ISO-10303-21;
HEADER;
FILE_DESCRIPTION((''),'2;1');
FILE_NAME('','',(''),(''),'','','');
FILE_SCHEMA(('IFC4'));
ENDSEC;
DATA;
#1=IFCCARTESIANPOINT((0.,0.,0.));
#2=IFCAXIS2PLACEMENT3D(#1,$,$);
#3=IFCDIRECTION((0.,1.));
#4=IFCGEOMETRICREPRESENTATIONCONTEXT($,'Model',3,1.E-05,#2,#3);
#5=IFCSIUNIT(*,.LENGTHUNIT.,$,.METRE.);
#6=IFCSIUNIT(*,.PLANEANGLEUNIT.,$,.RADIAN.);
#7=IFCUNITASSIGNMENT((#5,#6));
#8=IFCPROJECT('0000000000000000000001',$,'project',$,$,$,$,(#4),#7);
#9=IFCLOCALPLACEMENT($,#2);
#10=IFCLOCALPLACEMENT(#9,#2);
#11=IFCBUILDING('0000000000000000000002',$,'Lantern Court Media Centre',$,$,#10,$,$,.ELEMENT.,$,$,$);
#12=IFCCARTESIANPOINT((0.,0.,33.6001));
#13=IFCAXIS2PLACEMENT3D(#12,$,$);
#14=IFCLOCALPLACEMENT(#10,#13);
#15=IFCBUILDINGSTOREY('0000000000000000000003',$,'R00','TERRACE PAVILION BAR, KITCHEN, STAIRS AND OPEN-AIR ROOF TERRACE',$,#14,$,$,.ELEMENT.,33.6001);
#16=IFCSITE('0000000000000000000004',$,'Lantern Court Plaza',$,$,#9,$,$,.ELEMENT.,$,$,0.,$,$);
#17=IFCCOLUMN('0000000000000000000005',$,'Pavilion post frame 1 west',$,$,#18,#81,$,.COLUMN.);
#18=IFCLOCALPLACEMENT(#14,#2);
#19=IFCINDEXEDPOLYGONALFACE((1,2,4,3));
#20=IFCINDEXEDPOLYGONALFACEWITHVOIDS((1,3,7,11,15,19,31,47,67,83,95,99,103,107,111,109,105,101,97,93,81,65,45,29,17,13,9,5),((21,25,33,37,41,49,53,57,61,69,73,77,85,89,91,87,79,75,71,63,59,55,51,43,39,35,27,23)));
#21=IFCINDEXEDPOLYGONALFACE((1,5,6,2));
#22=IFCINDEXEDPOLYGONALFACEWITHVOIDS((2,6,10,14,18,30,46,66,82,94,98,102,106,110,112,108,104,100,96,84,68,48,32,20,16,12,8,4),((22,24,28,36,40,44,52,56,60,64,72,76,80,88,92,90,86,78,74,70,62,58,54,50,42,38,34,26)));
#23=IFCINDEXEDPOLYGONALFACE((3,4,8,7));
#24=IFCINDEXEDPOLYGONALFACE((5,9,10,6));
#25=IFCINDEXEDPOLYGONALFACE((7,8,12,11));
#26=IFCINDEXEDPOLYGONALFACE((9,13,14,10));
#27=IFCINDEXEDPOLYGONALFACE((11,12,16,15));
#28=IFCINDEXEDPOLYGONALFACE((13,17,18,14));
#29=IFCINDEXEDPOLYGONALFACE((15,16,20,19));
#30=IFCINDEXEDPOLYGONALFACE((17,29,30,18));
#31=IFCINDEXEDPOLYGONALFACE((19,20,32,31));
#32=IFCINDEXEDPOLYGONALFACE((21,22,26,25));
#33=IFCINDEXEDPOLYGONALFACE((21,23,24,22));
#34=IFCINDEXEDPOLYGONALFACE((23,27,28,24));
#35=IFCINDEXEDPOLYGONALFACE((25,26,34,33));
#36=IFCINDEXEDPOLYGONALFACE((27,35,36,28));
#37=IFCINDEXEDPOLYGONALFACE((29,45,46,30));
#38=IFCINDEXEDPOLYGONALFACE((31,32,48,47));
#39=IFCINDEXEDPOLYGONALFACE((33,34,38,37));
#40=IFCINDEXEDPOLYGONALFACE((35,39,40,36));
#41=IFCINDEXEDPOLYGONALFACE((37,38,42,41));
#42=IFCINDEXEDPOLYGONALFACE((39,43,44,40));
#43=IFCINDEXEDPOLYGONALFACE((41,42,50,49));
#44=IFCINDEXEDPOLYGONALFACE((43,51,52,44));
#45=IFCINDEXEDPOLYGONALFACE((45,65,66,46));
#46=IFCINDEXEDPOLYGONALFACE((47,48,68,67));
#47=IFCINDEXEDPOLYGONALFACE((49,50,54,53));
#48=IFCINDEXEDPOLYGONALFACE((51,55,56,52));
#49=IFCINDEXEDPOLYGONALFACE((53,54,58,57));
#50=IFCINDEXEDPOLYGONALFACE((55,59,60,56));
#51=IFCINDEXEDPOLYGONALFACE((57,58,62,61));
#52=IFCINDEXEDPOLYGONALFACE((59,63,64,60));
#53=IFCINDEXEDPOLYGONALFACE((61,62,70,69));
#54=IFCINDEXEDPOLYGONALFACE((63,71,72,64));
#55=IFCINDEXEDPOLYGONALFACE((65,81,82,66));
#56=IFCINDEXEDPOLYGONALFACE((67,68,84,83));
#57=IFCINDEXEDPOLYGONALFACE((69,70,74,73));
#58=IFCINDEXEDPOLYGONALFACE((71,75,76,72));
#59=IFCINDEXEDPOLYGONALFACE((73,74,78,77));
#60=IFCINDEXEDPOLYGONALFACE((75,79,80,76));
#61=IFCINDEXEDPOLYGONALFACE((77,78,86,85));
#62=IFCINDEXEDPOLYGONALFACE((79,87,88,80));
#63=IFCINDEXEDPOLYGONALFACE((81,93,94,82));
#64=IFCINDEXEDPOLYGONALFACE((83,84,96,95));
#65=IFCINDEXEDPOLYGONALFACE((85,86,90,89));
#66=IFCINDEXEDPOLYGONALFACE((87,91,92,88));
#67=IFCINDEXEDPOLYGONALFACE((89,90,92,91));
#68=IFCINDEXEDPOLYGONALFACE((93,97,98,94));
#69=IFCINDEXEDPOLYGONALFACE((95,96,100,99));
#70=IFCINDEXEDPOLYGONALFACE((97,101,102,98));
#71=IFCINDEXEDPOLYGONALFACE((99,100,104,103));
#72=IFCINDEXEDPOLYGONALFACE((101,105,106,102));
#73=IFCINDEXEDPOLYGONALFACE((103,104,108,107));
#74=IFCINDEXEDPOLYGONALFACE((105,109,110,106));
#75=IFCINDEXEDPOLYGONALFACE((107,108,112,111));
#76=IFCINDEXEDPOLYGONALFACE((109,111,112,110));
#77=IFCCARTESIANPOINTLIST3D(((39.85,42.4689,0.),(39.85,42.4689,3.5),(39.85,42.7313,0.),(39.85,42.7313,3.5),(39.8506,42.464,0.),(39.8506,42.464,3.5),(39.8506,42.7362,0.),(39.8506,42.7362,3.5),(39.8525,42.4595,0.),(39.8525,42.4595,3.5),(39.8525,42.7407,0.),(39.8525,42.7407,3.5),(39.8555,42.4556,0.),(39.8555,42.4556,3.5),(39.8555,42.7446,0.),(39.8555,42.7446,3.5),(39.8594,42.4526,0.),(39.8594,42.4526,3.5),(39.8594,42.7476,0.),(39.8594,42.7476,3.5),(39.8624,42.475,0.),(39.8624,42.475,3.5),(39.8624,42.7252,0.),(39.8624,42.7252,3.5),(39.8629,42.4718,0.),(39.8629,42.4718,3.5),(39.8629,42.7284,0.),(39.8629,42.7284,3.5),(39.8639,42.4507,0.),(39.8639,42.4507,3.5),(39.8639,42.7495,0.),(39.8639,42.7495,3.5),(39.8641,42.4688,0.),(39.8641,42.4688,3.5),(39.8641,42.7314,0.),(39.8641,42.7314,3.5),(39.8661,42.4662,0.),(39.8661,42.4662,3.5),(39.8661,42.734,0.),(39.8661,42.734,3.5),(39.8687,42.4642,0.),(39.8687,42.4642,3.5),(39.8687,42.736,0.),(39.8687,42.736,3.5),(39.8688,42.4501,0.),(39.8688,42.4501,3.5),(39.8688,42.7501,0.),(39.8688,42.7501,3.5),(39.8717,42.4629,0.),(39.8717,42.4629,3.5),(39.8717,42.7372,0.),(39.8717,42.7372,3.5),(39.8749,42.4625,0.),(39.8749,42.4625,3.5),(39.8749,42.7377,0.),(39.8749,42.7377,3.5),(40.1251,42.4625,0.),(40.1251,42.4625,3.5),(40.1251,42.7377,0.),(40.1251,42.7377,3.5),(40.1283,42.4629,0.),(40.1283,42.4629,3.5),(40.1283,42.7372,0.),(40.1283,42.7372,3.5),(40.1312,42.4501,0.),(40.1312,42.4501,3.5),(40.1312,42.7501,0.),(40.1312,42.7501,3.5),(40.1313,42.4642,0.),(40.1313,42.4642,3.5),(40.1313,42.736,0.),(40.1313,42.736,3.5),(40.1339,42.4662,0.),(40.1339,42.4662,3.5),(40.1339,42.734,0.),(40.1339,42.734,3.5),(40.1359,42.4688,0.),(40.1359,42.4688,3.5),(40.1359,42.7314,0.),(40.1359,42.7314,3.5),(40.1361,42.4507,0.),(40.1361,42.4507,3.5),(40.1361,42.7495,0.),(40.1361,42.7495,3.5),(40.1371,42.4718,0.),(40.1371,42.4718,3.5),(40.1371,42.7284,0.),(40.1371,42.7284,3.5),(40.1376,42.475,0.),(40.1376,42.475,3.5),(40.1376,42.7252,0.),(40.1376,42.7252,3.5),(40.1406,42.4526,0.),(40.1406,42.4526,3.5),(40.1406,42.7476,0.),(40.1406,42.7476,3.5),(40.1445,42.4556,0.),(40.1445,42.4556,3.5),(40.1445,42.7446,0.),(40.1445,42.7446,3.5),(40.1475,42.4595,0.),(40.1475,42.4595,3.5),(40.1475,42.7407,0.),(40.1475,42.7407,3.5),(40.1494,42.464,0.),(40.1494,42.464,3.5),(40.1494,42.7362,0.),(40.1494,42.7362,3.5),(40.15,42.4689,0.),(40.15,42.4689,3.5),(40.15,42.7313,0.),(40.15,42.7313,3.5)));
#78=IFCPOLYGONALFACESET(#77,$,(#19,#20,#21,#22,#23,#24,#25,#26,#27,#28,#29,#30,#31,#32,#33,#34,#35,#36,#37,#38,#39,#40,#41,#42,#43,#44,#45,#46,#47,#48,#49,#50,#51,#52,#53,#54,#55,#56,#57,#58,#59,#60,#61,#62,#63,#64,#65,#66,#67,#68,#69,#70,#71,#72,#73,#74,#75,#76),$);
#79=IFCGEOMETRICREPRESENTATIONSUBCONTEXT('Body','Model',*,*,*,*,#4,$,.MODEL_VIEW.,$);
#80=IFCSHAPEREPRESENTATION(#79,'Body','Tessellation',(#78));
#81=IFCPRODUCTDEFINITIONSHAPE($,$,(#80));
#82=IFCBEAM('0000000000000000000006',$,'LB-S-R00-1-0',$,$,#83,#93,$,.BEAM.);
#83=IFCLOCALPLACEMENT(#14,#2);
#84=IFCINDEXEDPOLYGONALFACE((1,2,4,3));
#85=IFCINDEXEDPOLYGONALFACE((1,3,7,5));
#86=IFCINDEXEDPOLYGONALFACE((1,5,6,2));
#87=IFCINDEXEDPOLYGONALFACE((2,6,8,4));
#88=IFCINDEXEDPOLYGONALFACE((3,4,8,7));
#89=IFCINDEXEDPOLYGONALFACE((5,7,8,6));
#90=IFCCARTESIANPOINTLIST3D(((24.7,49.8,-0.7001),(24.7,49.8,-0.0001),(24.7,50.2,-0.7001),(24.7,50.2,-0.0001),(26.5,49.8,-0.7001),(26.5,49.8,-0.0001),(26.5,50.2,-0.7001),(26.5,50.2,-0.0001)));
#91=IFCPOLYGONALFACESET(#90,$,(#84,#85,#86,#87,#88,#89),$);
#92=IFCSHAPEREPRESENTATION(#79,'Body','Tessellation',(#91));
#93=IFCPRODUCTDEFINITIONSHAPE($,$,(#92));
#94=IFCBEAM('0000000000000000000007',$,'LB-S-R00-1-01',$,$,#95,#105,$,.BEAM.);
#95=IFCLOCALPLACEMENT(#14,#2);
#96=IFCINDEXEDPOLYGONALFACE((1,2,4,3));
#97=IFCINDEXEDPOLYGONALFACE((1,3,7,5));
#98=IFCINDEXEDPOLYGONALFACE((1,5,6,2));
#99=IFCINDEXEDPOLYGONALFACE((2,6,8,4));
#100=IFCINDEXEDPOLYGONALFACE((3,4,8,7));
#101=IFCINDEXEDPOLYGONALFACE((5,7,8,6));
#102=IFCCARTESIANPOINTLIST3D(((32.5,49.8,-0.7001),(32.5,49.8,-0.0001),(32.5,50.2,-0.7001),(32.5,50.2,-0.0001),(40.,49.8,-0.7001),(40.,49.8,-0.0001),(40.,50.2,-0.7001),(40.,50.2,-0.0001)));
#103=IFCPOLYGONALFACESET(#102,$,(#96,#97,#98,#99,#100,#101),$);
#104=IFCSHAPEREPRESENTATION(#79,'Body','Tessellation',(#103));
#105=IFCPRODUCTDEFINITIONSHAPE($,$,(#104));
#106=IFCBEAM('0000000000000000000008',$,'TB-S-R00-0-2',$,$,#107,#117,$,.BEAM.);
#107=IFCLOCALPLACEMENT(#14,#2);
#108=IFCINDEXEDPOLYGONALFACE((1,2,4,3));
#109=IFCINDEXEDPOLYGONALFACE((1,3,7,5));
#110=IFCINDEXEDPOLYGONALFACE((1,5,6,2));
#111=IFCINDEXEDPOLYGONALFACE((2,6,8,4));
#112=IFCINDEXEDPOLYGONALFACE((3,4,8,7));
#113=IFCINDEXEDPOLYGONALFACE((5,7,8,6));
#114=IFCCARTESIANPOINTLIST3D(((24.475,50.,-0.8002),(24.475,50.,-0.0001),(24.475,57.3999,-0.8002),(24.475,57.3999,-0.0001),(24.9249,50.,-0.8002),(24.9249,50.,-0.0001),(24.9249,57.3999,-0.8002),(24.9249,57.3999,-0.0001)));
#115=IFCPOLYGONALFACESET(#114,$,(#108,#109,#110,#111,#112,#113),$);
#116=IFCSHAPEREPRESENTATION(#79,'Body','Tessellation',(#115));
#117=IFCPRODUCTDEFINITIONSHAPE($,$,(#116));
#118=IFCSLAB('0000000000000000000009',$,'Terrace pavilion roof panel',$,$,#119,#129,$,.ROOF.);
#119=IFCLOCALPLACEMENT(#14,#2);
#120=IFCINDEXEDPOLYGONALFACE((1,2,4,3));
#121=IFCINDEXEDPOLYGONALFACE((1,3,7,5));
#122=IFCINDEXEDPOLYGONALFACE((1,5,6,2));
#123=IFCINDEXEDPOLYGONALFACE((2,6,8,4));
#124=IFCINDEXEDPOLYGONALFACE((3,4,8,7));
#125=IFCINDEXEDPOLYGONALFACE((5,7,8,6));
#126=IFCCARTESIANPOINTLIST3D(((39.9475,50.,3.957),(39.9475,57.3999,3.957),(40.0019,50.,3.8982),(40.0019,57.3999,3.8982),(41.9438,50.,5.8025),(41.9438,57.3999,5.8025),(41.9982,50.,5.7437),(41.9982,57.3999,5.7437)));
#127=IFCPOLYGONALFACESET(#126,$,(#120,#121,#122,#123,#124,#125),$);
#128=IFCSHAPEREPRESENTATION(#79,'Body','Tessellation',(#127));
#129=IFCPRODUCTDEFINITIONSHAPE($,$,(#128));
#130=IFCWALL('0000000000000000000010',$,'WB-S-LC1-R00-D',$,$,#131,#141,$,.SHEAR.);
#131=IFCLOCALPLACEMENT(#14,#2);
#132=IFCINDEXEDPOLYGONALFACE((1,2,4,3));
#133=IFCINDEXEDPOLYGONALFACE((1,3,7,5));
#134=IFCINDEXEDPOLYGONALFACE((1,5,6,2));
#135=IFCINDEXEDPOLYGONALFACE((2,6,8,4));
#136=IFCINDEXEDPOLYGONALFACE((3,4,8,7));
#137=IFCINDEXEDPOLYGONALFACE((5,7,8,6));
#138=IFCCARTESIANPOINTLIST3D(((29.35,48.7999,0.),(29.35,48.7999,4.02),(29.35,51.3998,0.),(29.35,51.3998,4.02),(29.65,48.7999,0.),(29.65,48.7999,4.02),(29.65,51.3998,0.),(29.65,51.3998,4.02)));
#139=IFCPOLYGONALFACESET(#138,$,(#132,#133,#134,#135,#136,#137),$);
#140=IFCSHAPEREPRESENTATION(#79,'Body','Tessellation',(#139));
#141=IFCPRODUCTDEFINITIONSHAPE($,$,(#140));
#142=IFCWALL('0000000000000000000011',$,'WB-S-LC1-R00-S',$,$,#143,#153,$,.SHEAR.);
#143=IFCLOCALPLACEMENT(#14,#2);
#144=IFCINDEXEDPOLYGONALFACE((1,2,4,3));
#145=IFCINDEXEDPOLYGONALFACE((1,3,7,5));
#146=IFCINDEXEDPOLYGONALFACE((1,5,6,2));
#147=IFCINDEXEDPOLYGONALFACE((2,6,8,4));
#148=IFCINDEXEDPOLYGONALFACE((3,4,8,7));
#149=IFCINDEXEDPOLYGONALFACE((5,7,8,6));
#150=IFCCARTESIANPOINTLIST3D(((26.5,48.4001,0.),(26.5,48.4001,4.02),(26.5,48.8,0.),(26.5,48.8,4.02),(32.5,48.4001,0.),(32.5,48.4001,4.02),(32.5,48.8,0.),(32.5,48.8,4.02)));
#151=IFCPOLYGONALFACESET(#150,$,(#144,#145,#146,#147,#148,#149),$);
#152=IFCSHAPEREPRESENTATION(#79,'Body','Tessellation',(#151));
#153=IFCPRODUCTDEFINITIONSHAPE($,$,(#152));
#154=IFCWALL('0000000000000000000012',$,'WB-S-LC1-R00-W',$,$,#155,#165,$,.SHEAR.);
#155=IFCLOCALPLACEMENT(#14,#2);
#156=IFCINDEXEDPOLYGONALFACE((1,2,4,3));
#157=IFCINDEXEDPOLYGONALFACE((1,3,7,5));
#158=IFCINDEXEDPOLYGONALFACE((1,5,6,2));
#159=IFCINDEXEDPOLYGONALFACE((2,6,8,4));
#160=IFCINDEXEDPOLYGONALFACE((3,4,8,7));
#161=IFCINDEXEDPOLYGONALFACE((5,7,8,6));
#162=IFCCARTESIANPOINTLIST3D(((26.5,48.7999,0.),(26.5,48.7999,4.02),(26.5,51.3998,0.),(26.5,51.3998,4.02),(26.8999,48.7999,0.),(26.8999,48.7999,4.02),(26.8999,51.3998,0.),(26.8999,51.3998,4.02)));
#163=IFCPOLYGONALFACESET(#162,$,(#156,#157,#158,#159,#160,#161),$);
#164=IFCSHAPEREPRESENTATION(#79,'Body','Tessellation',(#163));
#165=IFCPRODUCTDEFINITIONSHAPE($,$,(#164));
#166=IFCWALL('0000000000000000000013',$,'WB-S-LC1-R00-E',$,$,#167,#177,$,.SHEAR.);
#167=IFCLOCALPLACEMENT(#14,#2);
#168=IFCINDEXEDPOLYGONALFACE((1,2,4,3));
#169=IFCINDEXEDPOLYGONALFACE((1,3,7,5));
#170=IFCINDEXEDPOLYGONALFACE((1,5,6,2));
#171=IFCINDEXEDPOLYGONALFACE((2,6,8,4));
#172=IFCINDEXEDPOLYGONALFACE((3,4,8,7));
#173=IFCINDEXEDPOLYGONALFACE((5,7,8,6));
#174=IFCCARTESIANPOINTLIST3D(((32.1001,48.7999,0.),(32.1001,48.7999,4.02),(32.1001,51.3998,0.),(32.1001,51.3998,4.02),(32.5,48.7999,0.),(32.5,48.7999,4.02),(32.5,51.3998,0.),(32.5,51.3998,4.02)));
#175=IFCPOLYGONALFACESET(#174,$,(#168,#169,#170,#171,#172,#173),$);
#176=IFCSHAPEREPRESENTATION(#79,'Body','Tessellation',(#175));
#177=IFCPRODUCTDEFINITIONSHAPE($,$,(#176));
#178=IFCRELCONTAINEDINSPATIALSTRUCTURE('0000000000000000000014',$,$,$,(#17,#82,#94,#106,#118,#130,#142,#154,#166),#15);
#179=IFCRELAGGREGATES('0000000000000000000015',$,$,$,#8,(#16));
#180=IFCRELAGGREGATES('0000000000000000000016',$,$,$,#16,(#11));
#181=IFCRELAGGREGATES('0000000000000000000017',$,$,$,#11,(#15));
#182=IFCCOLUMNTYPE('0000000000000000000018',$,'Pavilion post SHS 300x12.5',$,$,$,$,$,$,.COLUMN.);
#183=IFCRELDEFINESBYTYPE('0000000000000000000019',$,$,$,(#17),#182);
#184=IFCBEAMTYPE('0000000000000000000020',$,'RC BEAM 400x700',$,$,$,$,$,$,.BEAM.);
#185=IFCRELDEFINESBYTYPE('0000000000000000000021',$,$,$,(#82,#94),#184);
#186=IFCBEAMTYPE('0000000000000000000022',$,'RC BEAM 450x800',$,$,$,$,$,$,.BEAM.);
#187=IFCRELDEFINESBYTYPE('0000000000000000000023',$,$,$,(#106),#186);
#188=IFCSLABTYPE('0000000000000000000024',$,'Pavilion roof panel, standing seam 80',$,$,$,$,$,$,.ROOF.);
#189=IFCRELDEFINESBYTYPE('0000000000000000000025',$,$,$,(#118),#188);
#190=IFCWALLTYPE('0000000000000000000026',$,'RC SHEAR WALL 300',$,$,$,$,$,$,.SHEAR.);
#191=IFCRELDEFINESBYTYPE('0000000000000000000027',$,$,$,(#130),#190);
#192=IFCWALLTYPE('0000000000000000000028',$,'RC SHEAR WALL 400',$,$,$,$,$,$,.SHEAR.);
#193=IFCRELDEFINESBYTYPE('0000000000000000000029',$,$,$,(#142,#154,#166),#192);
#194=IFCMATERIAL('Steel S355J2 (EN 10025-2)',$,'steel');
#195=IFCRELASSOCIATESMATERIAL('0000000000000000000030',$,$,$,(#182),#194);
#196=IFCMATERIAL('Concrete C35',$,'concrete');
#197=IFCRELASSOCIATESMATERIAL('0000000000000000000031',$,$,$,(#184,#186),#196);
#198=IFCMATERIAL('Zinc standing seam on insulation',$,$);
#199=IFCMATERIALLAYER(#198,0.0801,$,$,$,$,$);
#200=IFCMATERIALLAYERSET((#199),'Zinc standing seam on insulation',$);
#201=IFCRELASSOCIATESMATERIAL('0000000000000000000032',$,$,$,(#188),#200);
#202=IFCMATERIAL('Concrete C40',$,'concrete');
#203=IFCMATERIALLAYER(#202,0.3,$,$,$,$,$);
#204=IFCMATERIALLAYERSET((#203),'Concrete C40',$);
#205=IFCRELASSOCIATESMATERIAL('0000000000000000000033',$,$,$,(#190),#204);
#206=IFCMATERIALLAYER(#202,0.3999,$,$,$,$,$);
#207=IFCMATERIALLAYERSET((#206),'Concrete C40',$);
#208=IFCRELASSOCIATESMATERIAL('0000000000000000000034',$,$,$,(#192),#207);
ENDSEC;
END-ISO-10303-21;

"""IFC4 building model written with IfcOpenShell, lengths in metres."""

from ifc_helpers import new_model, si_unit, direction, frame, frame_2d, origin, origin_2d, place, context, subcontext, project, spatial, polyline, rectangle, hollow_rectangle, outline, extrude, material, layer, layer_set, material_profile, profile_set, type_object, element, save


model = new_model("IFC4")

# Units and contexts
model_context = context("Model", 3, precision=1e-05, world=origin(), true_north=direction((0.0, 1.0)))
body_context = subcontext(model_context, "Body", "Model", "MODEL_VIEW")
ifc_project = project(units=[si_unit("LENGTHUNIT", "METRE"), si_unit("PLANEANGLEUNIT", "RADIAN")], contexts=[model_context])

# Site, building, storey
site_placement = place(None, origin())
site = spatial("IfcSite", under=ifc_project, at=site_placement, Name="Lantern Court Plaza", CompositionType="ELEMENT", RefElevation=0.0)
building_placement = place(site_placement, origin())
building = spatial("IfcBuilding", under=site, at=building_placement, Name="Lantern Court Media Centre", CompositionType="ELEMENT")
storey_placement = place(building_placement, frame((0.0, 0.0, 33.6001)))
storey = spatial("IfcBuildingStorey", under=building, at=storey_placement, Name="R00", Description="TERRACE PAVILION BAR, KITCHEN, STAIRS AND OPEN-AIR ROOF TERRACE", CompositionType="ELEMENT", Elevation=33.6001)

# Column
ifc_material_1 = material(Name="Steel S355J2 (EN 10025-2)", Category="steel")
ifc_material_profile_1 = material_profile(ifc_material_1, hollow_rectangle(XDim=0.3, YDim=0.3, WallThickness=0.0125, InnerFilletRadius=0.0125, OuterFilletRadius=0.0188, at=origin_2d()), Name="Pavilion post SHS 300x12.5")
ifc_profile_set_1 = profile_set([ifc_material_profile_1], Name="Steel S355J2 (EN 10025-2)")
column_type = type_object("IfcColumnType", Name="Pavilion post SHS 300x12.5", PredefinedType="COLUMN", material=ifc_profile_set_1)
column_placement = place(storey_placement, frame((40.0, 42.6001, 0.0), z_axis=(0.0, 0.0, 1.0), x_axis=(1.0, 0.0, 0.0)))
element("IfcColumn", 1, at=column_placement, inside=storey, type_object=column_type, Name="Pavilion post frame 1 west", PredefinedType="COLUMN", context=body_context, shape_type="SweptSolid", body=[
    extrude(hollow_rectangle(XDim=0.3, YDim=0.3, WallThickness=0.0125, InnerFilletRadius=0.0125, OuterFilletRadius=0.0188, at=origin_2d()), origin(), (0.0, 0.0, 1.0), 3.5),
])

# Beams
ifc_material_2 = material(Name="Concrete C35", Category="concrete")
ifc_material_profile_2 = material_profile(ifc_material_2, rectangle(XDim=0.3999, YDim=0.7, at=origin_2d()), Name="RC 400x700")
ifc_profile_set_2 = profile_set([ifc_material_profile_2], Name="Concrete C35")
beam_type_1 = type_object("IfcBeamType", Name="RC BEAM 400x700", PredefinedType="BEAM", material=ifc_profile_set_2)
beam_1_placement = place(storey_placement, frame((24.7, 50.0, -0.3501), z_axis=(1.0, 0.0, 0.0), x_axis=(0.0, 1.0, 0.0)))
element("IfcBeam", 2, at=beam_1_placement, inside=storey, type_object=beam_type_1, Name="LB-S-R00-1-0", PredefinedType="BEAM", context=body_context, shape_type="SweptSolid", body=[
    extrude(rectangle(XDim=0.3999, YDim=0.7, at=origin_2d()), origin(), (0.0, 0.0, 1.0), 1.8),
])
beam_2_placement = place(storey_placement, frame((32.5, 50.0, -0.3501), z_axis=(1.0, 0.0, 0.0), x_axis=(0.0, 1.0, 0.0)))
element("IfcBeam", 3, at=beam_2_placement, inside=storey, type_object=beam_type_1, Name="LB-S-R00-1-01", PredefinedType="BEAM", context=body_context, shape_type="SweptSolid", body=[
    extrude(rectangle(XDim=0.3999, YDim=0.7, at=origin_2d()), origin(), (0.0, 0.0, 1.0), 7.5),
])
ifc_material_profile_3 = material_profile(ifc_material_2, rectangle(XDim=0.45, YDim=0.8, at=origin_2d()), Name="RC 450x800")
ifc_profile_set_3 = profile_set([ifc_material_profile_3], Name="Concrete C35")
beam_type_2 = type_object("IfcBeamType", Name="RC BEAM 450x800", PredefinedType="BEAM", material=ifc_profile_set_3)
beam_3_placement = place(storey_placement, frame((24.7, 50.0, -0.4001), z_axis=(0.0, 1.0, 0.0), x_axis=(-1.0, 0.0, 0.0)))
element("IfcBeam", 4, at=beam_3_placement, inside=storey, type_object=beam_type_2, Name="TB-S-R00-0-2", PredefinedType="BEAM", context=body_context, shape_type="SweptSolid", body=[
    extrude(rectangle(XDim=0.45, YDim=0.8, at=origin_2d()), origin(), (0.0, 0.0, 1.0), 7.3999),
])

# Slab
ifc_material_3 = material(Name="Zinc standing seam on insulation")
ifc_layer_1 = layer(ifc_material_3, 0.0801)
ifc_layer_set_1 = layer_set([ifc_layer_1], Name="Zinc standing seam on insulation")
slab_type = type_object("IfcSlabType", Name="Pavilion roof panel, standing seam 80", PredefinedType="ROOF", material=ifc_layer_set_1)
slab_placement = place(storey_placement, frame((39.9475, 50.0, 3.957), z_axis=(-0.678813, 0.0, 0.734311), x_axis=(0.734311, 0.0, 0.678813)))
element("IfcSlab", 5, at=slab_placement, inside=storey, type_object=slab_type, Name="Terrace pavilion roof panel", PredefinedType="ROOF", context=body_context, shape_type="SweptSolid", body=[
    extrude(outline(polyline([(0.0, 0.0), (2.7187, 0.0), (2.7187, 7.3999), (0.0, 7.3999), (0.0, 0.0)])), origin(), (0.0, 0.0, -1.0), 0.0801),
])

# Walls
ifc_material_4 = material(Name="Concrete C40", Category="concrete")
ifc_layer_2 = layer(ifc_material_4, 0.3)
ifc_layer_set_2 = layer_set([ifc_layer_2], Name="Concrete C40")
wall_type_1 = type_object("IfcWallType", Name="RC SHEAR WALL 300", PredefinedType="SHEAR", material=ifc_layer_set_2)
wall_1_placement = place(storey_placement, frame((29.5, 48.8, 0.0), z_axis=(0.0, 0.0, 1.0), x_axis=(0.0, 1.0, 0.0)))
element("IfcWall", 6, at=wall_1_placement, inside=storey, type_object=wall_type_1, Name="WB-S-LC1-R00-D", PredefinedType="SHEAR", context=body_context, shape_type="SweptSolid", body=[
    extrude(rectangle(XDim=2.5999, YDim=0.3, at=frame_2d((1.2998, 0.0))), origin(), (0.0, 0.0, 1.0), 4.02),
])
ifc_layer_3 = layer(ifc_material_4, 0.3999)
ifc_layer_set_3 = layer_set([ifc_layer_3], Name="Concrete C40")
wall_type_2 = type_object("IfcWallType", Name="RC SHEAR WALL 400", PredefinedType="SHEAR", material=ifc_layer_set_3)
wall_2_placement = place(storey_placement, frame((26.5, 48.6001, 0.0), z_axis=(0.0, 0.0, 1.0), x_axis=(1.0, 0.0, 0.0)))
element("IfcWall", 7, at=wall_2_placement, inside=storey, type_object=wall_type_2, Name="WB-S-LC1-R00-S", PredefinedType="SHEAR", context=body_context, shape_type="SweptSolid", body=[
    extrude(rectangle(XDim=6.0, YDim=0.3999, at=frame_2d((3.0, 0.0))), origin(), (0.0, 0.0, 1.0), 4.02),
])
for number, where, z_axis, x_axis, name in (
    (8, (26.7, 48.8, 0.0), (0.0, 0.0, 1.0), (0.0, 1.0, 0.0), "WB-S-LC1-R00-W"),
    (9, (32.3, 48.8, 0.0), (0.0, 0.0, 1.0), (0.0, 1.0, 0.0), "WB-S-LC1-R00-E"),
):
    element("IfcWall", number, at=place(storey_placement, frame(where, z_axis=z_axis, x_axis=x_axis)), inside=storey, type_object=wall_type_2, Name=name, PredefinedType="SHEAR", context=body_context, shape_type="SweptSolid", body=[
        extrude(rectangle(XDim=2.5999, YDim=0.3999, at=frame_2d((1.2998, 0.0))), origin(), (0.0, 0.0, 1.0), 4.02),
    ])

save(model, "model.ifc")
